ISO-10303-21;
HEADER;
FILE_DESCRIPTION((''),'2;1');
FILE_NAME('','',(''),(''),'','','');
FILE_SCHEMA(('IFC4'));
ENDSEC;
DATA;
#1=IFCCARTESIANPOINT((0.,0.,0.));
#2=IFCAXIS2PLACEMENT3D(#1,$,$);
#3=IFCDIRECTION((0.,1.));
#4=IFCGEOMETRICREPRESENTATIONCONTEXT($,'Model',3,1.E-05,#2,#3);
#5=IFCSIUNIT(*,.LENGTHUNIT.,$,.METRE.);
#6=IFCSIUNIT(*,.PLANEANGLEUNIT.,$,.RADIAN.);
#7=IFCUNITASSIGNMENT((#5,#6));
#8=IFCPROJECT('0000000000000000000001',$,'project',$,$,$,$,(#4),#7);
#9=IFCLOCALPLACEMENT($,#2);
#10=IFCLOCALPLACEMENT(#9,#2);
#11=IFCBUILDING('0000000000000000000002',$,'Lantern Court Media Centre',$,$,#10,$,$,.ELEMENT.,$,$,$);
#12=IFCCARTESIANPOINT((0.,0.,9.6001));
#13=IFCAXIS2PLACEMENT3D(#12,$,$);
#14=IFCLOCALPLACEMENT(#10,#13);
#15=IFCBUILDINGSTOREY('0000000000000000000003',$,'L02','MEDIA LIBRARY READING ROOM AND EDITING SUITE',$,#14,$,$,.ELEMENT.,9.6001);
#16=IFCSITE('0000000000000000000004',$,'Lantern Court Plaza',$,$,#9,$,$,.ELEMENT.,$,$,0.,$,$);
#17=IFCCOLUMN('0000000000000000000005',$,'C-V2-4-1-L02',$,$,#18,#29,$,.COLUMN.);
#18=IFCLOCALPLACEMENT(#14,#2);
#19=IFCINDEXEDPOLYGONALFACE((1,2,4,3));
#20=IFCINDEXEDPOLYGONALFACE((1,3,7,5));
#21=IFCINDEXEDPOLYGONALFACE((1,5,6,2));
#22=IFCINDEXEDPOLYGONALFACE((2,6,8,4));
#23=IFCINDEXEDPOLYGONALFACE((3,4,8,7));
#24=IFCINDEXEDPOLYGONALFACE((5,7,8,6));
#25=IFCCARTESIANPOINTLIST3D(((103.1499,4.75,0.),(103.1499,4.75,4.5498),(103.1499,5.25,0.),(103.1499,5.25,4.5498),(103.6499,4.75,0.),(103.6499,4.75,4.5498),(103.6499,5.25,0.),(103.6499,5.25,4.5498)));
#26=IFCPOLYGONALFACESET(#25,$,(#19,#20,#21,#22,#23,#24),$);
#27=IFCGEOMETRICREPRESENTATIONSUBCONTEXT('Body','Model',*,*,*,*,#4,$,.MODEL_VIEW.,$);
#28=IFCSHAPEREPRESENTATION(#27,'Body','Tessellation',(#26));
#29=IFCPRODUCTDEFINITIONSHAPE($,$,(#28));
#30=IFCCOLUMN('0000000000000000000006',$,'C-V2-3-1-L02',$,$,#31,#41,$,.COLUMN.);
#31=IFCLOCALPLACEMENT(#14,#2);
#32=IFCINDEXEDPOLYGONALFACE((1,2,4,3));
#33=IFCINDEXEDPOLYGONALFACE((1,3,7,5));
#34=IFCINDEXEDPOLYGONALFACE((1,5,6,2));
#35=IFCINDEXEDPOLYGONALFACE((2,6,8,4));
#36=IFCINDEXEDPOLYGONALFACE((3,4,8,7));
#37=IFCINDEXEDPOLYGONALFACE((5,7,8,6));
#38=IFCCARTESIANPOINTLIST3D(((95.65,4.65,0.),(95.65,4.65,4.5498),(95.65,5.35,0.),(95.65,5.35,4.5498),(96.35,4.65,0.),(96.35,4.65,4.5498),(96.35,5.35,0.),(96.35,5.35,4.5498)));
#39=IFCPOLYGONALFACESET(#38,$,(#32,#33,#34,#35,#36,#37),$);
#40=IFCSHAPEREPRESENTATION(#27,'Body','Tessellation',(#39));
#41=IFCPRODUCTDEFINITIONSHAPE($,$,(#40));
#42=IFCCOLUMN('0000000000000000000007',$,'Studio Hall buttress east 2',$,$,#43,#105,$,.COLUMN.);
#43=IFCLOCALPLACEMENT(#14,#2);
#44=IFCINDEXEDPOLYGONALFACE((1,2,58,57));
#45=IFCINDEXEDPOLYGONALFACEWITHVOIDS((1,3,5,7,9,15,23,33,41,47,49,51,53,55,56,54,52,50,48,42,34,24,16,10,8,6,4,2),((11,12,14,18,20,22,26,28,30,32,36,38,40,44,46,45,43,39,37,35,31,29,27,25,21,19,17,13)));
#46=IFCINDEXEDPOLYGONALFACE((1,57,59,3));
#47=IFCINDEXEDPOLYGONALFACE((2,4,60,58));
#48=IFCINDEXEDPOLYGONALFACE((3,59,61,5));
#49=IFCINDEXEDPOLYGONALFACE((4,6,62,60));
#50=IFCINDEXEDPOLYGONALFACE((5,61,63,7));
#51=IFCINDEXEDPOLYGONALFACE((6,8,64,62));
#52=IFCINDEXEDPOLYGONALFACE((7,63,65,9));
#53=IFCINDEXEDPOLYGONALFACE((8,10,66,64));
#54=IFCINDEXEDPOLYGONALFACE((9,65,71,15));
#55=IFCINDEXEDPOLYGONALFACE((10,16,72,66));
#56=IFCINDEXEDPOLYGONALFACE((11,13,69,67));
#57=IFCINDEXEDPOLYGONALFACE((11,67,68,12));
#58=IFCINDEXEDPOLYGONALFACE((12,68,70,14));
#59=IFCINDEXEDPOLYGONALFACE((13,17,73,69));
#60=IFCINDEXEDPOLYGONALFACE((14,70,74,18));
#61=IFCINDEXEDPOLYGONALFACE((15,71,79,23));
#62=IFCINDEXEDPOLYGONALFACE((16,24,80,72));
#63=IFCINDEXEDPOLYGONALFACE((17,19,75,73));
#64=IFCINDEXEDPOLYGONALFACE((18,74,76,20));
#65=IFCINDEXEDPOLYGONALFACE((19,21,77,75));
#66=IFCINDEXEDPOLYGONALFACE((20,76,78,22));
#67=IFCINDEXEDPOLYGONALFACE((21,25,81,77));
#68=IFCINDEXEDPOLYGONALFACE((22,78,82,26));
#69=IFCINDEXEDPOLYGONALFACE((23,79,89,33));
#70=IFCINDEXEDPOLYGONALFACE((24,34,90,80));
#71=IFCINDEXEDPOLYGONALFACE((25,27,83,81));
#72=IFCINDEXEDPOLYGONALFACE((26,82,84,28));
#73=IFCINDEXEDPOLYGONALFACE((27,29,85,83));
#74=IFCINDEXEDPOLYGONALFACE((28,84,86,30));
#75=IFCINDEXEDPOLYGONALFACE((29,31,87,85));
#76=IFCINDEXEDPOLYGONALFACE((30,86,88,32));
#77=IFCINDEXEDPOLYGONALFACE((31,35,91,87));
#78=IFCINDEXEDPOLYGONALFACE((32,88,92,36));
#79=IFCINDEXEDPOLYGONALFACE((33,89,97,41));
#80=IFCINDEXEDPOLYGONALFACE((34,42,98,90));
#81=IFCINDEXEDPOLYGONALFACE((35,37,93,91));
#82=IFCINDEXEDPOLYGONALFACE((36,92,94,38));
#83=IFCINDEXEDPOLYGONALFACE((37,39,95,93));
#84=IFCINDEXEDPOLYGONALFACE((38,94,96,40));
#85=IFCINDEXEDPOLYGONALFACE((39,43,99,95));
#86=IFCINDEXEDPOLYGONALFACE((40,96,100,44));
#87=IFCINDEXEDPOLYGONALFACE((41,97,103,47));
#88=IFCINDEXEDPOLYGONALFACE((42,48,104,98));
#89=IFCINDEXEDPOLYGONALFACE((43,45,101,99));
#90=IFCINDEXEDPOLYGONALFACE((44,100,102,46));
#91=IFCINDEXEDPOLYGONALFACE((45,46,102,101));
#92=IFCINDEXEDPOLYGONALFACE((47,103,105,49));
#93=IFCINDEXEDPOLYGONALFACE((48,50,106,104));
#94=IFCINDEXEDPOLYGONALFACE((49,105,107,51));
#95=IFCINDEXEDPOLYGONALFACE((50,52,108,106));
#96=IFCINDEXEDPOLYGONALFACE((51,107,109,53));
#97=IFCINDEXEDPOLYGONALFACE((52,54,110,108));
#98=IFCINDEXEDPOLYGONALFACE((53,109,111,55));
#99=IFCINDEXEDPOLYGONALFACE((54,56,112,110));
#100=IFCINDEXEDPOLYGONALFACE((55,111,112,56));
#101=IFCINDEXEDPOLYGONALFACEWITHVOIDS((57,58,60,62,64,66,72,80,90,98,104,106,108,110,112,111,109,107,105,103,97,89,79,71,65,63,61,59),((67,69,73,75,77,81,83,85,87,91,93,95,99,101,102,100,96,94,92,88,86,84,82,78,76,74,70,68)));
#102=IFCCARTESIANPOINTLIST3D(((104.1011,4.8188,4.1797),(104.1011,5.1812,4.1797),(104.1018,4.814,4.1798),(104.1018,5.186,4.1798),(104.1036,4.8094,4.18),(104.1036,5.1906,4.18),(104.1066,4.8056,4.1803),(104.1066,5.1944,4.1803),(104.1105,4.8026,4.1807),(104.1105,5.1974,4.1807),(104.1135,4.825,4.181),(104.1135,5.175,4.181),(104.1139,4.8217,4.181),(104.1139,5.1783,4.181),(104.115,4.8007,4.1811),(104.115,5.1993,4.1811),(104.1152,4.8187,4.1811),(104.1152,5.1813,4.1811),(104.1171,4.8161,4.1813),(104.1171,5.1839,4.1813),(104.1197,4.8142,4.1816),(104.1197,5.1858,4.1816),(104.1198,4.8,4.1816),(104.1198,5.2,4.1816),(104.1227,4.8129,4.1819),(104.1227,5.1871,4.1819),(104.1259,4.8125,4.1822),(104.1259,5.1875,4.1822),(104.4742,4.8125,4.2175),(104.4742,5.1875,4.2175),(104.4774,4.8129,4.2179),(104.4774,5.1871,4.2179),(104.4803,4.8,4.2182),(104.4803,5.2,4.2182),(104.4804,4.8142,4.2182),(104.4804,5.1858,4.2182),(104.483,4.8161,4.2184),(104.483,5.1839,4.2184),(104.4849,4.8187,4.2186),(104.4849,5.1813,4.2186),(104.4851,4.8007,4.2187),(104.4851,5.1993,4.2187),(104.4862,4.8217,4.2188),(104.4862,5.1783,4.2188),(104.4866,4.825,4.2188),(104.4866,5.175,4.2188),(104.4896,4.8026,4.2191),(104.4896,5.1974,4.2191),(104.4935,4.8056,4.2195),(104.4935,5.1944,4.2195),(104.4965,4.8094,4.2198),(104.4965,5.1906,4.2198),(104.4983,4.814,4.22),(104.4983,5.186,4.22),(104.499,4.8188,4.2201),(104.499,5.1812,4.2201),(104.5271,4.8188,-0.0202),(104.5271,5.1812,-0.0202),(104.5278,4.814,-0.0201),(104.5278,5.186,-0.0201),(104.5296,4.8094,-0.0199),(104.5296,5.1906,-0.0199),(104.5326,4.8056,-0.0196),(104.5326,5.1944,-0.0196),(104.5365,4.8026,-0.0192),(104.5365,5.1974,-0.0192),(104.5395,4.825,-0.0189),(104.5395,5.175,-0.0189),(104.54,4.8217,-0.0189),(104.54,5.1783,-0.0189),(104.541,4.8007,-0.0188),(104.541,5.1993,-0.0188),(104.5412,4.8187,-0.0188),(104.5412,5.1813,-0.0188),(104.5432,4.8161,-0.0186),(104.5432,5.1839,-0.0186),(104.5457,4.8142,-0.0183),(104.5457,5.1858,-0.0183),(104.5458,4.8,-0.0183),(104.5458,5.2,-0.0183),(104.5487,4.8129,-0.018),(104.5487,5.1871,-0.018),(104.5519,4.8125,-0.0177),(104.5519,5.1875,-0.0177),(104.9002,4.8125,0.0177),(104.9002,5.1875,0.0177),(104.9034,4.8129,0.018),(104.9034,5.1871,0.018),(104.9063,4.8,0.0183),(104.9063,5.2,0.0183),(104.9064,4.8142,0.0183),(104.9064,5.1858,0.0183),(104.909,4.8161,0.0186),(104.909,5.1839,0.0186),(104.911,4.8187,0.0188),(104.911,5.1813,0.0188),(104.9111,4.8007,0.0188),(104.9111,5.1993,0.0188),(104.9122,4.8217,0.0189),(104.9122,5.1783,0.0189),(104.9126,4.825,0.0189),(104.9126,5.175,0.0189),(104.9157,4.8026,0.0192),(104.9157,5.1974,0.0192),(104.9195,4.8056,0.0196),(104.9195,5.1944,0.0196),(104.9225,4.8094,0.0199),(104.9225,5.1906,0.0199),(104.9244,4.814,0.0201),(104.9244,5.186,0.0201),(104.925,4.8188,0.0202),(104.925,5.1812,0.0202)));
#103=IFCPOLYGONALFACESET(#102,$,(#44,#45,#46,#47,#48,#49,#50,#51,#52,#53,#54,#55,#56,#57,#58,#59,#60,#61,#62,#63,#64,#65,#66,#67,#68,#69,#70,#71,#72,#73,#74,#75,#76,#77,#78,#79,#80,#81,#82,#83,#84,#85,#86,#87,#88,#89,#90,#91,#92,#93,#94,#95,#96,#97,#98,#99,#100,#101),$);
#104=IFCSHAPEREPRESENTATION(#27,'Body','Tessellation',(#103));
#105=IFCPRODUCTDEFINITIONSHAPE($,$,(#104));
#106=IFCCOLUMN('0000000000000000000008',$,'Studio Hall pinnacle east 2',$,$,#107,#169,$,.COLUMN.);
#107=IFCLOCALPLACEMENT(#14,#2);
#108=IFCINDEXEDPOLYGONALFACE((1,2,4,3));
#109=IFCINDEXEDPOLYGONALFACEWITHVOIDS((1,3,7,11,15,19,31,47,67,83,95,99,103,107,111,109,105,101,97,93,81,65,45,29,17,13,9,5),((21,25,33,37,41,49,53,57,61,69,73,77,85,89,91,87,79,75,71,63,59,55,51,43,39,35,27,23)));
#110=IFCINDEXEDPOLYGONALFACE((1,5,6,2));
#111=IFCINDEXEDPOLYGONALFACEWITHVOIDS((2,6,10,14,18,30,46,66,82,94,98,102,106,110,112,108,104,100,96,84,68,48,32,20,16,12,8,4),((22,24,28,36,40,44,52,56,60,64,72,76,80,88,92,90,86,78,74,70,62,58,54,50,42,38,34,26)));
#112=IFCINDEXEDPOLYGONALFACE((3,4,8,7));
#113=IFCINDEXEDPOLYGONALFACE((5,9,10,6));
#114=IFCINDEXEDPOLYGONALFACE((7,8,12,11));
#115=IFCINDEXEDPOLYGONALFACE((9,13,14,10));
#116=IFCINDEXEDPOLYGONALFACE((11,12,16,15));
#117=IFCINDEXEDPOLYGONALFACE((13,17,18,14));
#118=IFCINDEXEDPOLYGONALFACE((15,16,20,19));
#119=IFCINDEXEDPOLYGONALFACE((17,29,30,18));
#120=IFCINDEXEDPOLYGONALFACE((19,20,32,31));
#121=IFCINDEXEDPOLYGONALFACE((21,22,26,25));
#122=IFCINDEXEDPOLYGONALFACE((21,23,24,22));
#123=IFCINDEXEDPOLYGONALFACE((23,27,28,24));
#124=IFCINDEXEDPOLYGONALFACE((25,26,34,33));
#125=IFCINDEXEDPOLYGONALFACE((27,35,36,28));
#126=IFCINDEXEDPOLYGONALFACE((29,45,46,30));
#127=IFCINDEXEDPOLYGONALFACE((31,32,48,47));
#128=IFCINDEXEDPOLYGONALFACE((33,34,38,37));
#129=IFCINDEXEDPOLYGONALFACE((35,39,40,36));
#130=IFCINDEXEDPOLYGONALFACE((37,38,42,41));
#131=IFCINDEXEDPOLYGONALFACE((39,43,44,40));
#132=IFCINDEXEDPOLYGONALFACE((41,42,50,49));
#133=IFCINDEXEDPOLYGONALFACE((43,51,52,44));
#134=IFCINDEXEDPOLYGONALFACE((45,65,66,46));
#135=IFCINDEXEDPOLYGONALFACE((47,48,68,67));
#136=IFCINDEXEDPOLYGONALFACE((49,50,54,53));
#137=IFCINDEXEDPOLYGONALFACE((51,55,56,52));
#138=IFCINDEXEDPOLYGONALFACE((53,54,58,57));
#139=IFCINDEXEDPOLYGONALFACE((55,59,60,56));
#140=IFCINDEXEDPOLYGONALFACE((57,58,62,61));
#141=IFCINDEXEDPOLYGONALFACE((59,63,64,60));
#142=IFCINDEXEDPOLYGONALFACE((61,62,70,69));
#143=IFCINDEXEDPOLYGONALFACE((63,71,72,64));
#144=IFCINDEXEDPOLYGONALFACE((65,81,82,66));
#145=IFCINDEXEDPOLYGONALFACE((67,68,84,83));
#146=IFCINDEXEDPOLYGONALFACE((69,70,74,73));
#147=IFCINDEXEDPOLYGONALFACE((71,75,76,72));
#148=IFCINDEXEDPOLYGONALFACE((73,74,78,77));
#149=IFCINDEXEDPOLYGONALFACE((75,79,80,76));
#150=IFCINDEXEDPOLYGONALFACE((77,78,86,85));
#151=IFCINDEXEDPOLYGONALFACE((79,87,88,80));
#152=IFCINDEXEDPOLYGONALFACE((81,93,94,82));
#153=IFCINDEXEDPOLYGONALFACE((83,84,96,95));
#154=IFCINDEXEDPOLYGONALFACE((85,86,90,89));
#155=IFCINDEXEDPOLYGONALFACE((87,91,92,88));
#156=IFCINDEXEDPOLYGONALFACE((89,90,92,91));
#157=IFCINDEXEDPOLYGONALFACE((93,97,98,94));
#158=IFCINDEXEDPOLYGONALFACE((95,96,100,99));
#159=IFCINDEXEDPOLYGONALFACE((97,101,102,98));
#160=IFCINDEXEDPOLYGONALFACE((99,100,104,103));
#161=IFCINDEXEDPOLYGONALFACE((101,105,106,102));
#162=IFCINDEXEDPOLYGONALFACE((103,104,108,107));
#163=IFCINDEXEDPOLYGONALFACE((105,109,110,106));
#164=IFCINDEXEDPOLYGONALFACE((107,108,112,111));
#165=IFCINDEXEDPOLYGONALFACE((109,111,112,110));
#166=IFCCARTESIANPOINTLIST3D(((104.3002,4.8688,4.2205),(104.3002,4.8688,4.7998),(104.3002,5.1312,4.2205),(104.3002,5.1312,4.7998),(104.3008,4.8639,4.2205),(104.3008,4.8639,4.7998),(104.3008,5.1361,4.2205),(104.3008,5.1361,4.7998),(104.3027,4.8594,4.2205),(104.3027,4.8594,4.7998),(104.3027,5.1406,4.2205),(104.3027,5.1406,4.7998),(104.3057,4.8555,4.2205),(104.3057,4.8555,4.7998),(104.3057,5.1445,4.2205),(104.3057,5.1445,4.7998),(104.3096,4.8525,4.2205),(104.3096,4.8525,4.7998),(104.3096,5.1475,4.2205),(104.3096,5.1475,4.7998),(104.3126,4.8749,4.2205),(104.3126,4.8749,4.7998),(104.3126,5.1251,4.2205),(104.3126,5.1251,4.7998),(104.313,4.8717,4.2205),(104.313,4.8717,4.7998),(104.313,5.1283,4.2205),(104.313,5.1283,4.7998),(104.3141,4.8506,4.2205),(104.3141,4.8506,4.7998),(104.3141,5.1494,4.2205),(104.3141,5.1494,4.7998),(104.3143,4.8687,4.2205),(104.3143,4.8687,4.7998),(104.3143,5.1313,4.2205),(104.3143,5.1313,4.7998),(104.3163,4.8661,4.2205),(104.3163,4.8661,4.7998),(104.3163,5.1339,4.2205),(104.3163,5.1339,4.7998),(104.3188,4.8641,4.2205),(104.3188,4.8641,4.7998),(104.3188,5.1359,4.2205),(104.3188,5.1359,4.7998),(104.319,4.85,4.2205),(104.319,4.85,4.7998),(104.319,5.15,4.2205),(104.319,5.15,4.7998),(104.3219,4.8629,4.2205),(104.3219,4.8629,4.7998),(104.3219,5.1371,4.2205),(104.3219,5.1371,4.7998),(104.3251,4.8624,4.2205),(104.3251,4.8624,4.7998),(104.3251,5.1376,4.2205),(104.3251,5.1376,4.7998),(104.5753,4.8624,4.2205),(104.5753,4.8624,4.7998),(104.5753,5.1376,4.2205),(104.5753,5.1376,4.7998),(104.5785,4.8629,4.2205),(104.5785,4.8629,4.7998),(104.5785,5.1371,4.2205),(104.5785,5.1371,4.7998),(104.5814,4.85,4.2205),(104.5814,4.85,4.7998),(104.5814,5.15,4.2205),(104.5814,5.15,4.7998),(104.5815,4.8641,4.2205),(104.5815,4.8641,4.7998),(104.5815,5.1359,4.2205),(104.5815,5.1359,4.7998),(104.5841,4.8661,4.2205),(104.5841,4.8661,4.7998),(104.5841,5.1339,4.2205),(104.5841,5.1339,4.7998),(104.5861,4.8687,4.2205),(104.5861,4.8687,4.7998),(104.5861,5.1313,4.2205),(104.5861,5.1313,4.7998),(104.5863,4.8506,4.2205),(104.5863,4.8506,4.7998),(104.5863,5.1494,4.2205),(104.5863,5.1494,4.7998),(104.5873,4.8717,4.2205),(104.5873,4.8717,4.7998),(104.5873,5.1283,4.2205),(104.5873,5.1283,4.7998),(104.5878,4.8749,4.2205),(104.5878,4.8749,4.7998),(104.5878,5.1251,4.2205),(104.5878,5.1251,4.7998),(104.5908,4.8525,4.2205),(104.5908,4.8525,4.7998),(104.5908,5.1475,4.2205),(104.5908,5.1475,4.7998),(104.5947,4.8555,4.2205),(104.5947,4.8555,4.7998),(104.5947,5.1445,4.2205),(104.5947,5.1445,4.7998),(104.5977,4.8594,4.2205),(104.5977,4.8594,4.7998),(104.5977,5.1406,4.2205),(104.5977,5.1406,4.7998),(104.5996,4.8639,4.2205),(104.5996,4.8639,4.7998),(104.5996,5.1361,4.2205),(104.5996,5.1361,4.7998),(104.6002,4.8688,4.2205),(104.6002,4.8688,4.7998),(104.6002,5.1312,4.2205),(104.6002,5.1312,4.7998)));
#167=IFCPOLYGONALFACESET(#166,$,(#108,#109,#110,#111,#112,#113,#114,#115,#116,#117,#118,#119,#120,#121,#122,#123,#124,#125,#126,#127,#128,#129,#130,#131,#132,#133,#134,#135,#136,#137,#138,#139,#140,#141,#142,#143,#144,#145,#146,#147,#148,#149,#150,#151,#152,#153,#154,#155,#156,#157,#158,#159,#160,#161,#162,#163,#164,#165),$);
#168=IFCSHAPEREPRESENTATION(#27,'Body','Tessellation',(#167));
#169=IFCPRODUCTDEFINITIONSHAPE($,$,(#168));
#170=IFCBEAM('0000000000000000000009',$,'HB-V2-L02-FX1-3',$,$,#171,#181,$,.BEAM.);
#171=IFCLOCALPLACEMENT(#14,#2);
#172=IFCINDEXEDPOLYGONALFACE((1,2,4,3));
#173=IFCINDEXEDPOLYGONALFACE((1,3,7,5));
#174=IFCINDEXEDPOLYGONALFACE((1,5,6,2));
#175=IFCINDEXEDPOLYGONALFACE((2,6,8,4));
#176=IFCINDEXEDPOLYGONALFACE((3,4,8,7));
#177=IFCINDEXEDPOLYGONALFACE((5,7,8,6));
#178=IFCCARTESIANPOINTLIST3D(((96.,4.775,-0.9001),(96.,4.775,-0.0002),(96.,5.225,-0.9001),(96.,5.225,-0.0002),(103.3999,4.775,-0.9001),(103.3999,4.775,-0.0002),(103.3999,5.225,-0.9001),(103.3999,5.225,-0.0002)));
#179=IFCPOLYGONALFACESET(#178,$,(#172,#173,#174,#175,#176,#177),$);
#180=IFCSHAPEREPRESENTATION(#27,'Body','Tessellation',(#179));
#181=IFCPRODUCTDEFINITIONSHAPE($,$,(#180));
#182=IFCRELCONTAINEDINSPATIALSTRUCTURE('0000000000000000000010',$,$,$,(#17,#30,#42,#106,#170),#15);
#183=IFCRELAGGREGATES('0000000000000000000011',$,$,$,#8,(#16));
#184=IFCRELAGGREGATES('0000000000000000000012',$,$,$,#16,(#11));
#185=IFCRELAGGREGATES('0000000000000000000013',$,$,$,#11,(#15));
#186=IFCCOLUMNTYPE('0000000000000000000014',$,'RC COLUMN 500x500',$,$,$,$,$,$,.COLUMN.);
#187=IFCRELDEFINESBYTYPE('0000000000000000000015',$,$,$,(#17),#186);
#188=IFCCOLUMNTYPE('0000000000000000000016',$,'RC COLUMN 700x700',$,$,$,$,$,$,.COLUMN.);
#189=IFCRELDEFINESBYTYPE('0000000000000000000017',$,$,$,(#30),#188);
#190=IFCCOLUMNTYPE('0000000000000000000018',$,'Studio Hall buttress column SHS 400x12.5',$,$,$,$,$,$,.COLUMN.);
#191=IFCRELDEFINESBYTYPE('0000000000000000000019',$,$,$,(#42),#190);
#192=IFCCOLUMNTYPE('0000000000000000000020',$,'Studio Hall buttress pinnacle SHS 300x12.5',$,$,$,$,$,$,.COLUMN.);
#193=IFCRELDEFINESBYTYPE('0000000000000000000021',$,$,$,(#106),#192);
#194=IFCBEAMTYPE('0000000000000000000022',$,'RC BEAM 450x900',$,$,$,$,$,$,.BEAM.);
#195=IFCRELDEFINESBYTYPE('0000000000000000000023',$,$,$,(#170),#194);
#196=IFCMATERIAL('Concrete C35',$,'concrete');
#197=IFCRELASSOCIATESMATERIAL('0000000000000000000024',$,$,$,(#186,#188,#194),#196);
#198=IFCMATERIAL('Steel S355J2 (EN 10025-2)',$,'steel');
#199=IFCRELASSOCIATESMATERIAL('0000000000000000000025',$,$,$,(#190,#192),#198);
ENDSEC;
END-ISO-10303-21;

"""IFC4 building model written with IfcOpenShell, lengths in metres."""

from ifc_helpers import new_model, si_unit, direction, frame, origin, origin_2d, place, context, subcontext, project, spatial, rectangle, hollow_rectangle, extrude, material, material_profile, profile_set, type_object, element, save


model = new_model("IFC4")

# Units and contexts
model_context = context("Model", 3, precision=1e-05, world=origin(), true_north=direction((0.0, 1.0)))
body_context = subcontext(model_context, "Body", "Model", "MODEL_VIEW")
ifc_project = project(units=[si_unit("LENGTHUNIT", "METRE"), si_unit("PLANEANGLEUNIT", "RADIAN")], contexts=[model_context])

# Site, building, storey
site_placement = place(None, origin())
site = spatial("IfcSite", under=ifc_project, at=site_placement, Name="Lantern Court Plaza", CompositionType="ELEMENT", RefElevation=0.0)
building_placement = place(site_placement, origin())
building = spatial("IfcBuilding", under=site, at=building_placement, Name="Lantern Court Media Centre", CompositionType="ELEMENT")
storey_placement = place(building_placement, frame((0.0, 0.0, 9.6001)))
storey = spatial("IfcBuildingStorey", under=building, at=storey_placement, Name="L02", Description="MEDIA LIBRARY READING ROOM AND EDITING SUITE", CompositionType="ELEMENT", Elevation=9.6001)

# Columns
ifc_material_1 = material(Name="Concrete C35", Category="concrete")
ifc_material_profile_1 = material_profile(ifc_material_1, rectangle(XDim=0.5, YDim=0.5, at=origin_2d()), Name="RC 500x500")
ifc_profile_set_1 = profile_set([ifc_material_profile_1], Name="Concrete C35")
column_type_1 = type_object("IfcColumnType", Name="RC COLUMN 500x500", PredefinedType="COLUMN", material=ifc_profile_set_1)
column_1_placement = place(storey_placement, frame((103.3999, 5.0, 0.0), z_axis=(0.0, 0.0, 1.0), x_axis=(1.0, 0.0, 0.0)))
element("IfcColumn", 1, at=column_1_placement, inside=storey, type_object=column_type_1, Name="C-V2-4-1-L02", PredefinedType="COLUMN", context=body_context, shape_type="SweptSolid", body=[
    extrude(rectangle(XDim=0.5, YDim=0.5, at=origin_2d()), origin(), (0.0, 0.0, 1.0), 4.5498),
])
ifc_material_profile_2 = material_profile(ifc_material_1, rectangle(XDim=0.7, YDim=0.7, at=origin_2d()), Name="RC 700x700")
ifc_profile_set_2 = profile_set([ifc_material_profile_2], Name="Concrete C35")
column_type_2 = type_object("IfcColumnType", Name="RC COLUMN 700x700", PredefinedType="COLUMN", material=ifc_profile_set_2)
column_2_placement = place(storey_placement, frame((96.0, 5.0, 0.0), z_axis=(0.0, 0.0, 1.0), x_axis=(1.0, 0.0, 0.0)))
element("IfcColumn", 2, at=column_2_placement, inside=storey, type_object=column_type_2, Name="C-V2-3-1-L02", PredefinedType="COLUMN", context=body_context, shape_type="SweptSolid", body=[
    extrude(rectangle(XDim=0.7, YDim=0.7, at=origin_2d()), origin(), (0.0, 0.0, 1.0), 4.5498),
])
ifc_material_2 = material(Name="Steel S355J2 (EN 10025-2)", Category="steel")
ifc_material_profile_3 = material_profile(ifc_material_2, hollow_rectangle(XDim=0.3999, YDim=0.3999, WallThickness=0.0125, InnerFilletRadius=0.0125, OuterFilletRadius=0.0188, at=origin_2d()), Name="Studio Hall buttress column SHS 400x12.5")
ifc_profile_set_3 = profile_set([ifc_material_profile_3], Name="Steel S355J2 (EN 10025-2)")
column_type_3 = type_object("IfcColumnType", Name="Studio Hall buttress column SHS 400x12.5", PredefinedType="COLUMN", material=ifc_profile_set_3)
column_3_placement = place(storey_placement, frame((104.7261, 5.0, 0.0), z_axis=(-0.100918, 0.0, 0.994895), x_axis=(0.0, -1.0, 0.0)))
element("IfcColumn", 3, at=column_3_placement, inside=storey, type_object=column_type_3, Name="Studio Hall buttress east 2", PredefinedType="COLUMN", context=body_context, shape_type="SweptSolid", body=[
    extrude(hollow_rectangle(XDim=0.3999, YDim=0.3999, WallThickness=0.0125, InnerFilletRadius=0.0125, OuterFilletRadius=0.0188, at=origin_2d()), origin(), (0.0, 0.0, 1.0), 4.2214),
])
ifc_material_profile_4 = material_profile(ifc_material_2, hollow_rectangle(XDim=0.3, YDim=0.3, WallThickness=0.0125, InnerFilletRadius=0.0125, OuterFilletRadius=0.0188, at=origin_2d()), Name="Studio Hall buttress pinnacle SHS 300x12.5")
ifc_profile_set_4 = profile_set([ifc_material_profile_4], Name="Steel S355J2 (EN 10025-2)")
column_type_4 = type_object("IfcColumnType", Name="Studio Hall buttress pinnacle SHS 300x12.5", PredefinedType="COLUMN", material=ifc_profile_set_4)
column_4_placement = place(storey_placement, frame((104.4502, 5.0, 4.2205), z_axis=(0.0, 0.0, 1.0), x_axis=(1.0, 0.0, 0.0)))
element("IfcColumn", 4, at=column_4_placement, inside=storey, type_object=column_type_4, Name="Studio Hall pinnacle east 2", PredefinedType="COLUMN", context=body_context, shape_type="SweptSolid", body=[
    extrude(hollow_rectangle(XDim=0.3, YDim=0.3, WallThickness=0.0125, InnerFilletRadius=0.0125, OuterFilletRadius=0.0188, at=origin_2d()), origin(), (0.0, 0.0, 1.0), 0.5793),
])

# Beam
ifc_material_profile_5 = material_profile(ifc_material_1, rectangle(XDim=0.45, YDim=0.8999, at=origin_2d()), Name="RC 450x900")
ifc_profile_set_5 = profile_set([ifc_material_profile_5], Name="Concrete C35")
beam_type_1 = type_object("IfcBeamType", Name="RC BEAM 450x900", PredefinedType="BEAM", material=ifc_profile_set_5)
beam_1_placement = place(storey_placement, frame((96.0, 5.0, -0.4502), z_axis=(1.0, 0.0, 0.0), x_axis=(0.0, 1.0, 0.0)))
element("IfcBeam", 5, at=beam_1_placement, inside=storey, type_object=beam_type_1, Name="HB-V2-L02-FX1-3", PredefinedType="BEAM", context=body_context, shape_type="SweptSolid", body=[
    extrude(rectangle(XDim=0.45, YDim=0.8999, at=origin_2d()), origin(), (0.0, 0.0, 1.0), 7.3999),
])

save(model, "model.ifc")
